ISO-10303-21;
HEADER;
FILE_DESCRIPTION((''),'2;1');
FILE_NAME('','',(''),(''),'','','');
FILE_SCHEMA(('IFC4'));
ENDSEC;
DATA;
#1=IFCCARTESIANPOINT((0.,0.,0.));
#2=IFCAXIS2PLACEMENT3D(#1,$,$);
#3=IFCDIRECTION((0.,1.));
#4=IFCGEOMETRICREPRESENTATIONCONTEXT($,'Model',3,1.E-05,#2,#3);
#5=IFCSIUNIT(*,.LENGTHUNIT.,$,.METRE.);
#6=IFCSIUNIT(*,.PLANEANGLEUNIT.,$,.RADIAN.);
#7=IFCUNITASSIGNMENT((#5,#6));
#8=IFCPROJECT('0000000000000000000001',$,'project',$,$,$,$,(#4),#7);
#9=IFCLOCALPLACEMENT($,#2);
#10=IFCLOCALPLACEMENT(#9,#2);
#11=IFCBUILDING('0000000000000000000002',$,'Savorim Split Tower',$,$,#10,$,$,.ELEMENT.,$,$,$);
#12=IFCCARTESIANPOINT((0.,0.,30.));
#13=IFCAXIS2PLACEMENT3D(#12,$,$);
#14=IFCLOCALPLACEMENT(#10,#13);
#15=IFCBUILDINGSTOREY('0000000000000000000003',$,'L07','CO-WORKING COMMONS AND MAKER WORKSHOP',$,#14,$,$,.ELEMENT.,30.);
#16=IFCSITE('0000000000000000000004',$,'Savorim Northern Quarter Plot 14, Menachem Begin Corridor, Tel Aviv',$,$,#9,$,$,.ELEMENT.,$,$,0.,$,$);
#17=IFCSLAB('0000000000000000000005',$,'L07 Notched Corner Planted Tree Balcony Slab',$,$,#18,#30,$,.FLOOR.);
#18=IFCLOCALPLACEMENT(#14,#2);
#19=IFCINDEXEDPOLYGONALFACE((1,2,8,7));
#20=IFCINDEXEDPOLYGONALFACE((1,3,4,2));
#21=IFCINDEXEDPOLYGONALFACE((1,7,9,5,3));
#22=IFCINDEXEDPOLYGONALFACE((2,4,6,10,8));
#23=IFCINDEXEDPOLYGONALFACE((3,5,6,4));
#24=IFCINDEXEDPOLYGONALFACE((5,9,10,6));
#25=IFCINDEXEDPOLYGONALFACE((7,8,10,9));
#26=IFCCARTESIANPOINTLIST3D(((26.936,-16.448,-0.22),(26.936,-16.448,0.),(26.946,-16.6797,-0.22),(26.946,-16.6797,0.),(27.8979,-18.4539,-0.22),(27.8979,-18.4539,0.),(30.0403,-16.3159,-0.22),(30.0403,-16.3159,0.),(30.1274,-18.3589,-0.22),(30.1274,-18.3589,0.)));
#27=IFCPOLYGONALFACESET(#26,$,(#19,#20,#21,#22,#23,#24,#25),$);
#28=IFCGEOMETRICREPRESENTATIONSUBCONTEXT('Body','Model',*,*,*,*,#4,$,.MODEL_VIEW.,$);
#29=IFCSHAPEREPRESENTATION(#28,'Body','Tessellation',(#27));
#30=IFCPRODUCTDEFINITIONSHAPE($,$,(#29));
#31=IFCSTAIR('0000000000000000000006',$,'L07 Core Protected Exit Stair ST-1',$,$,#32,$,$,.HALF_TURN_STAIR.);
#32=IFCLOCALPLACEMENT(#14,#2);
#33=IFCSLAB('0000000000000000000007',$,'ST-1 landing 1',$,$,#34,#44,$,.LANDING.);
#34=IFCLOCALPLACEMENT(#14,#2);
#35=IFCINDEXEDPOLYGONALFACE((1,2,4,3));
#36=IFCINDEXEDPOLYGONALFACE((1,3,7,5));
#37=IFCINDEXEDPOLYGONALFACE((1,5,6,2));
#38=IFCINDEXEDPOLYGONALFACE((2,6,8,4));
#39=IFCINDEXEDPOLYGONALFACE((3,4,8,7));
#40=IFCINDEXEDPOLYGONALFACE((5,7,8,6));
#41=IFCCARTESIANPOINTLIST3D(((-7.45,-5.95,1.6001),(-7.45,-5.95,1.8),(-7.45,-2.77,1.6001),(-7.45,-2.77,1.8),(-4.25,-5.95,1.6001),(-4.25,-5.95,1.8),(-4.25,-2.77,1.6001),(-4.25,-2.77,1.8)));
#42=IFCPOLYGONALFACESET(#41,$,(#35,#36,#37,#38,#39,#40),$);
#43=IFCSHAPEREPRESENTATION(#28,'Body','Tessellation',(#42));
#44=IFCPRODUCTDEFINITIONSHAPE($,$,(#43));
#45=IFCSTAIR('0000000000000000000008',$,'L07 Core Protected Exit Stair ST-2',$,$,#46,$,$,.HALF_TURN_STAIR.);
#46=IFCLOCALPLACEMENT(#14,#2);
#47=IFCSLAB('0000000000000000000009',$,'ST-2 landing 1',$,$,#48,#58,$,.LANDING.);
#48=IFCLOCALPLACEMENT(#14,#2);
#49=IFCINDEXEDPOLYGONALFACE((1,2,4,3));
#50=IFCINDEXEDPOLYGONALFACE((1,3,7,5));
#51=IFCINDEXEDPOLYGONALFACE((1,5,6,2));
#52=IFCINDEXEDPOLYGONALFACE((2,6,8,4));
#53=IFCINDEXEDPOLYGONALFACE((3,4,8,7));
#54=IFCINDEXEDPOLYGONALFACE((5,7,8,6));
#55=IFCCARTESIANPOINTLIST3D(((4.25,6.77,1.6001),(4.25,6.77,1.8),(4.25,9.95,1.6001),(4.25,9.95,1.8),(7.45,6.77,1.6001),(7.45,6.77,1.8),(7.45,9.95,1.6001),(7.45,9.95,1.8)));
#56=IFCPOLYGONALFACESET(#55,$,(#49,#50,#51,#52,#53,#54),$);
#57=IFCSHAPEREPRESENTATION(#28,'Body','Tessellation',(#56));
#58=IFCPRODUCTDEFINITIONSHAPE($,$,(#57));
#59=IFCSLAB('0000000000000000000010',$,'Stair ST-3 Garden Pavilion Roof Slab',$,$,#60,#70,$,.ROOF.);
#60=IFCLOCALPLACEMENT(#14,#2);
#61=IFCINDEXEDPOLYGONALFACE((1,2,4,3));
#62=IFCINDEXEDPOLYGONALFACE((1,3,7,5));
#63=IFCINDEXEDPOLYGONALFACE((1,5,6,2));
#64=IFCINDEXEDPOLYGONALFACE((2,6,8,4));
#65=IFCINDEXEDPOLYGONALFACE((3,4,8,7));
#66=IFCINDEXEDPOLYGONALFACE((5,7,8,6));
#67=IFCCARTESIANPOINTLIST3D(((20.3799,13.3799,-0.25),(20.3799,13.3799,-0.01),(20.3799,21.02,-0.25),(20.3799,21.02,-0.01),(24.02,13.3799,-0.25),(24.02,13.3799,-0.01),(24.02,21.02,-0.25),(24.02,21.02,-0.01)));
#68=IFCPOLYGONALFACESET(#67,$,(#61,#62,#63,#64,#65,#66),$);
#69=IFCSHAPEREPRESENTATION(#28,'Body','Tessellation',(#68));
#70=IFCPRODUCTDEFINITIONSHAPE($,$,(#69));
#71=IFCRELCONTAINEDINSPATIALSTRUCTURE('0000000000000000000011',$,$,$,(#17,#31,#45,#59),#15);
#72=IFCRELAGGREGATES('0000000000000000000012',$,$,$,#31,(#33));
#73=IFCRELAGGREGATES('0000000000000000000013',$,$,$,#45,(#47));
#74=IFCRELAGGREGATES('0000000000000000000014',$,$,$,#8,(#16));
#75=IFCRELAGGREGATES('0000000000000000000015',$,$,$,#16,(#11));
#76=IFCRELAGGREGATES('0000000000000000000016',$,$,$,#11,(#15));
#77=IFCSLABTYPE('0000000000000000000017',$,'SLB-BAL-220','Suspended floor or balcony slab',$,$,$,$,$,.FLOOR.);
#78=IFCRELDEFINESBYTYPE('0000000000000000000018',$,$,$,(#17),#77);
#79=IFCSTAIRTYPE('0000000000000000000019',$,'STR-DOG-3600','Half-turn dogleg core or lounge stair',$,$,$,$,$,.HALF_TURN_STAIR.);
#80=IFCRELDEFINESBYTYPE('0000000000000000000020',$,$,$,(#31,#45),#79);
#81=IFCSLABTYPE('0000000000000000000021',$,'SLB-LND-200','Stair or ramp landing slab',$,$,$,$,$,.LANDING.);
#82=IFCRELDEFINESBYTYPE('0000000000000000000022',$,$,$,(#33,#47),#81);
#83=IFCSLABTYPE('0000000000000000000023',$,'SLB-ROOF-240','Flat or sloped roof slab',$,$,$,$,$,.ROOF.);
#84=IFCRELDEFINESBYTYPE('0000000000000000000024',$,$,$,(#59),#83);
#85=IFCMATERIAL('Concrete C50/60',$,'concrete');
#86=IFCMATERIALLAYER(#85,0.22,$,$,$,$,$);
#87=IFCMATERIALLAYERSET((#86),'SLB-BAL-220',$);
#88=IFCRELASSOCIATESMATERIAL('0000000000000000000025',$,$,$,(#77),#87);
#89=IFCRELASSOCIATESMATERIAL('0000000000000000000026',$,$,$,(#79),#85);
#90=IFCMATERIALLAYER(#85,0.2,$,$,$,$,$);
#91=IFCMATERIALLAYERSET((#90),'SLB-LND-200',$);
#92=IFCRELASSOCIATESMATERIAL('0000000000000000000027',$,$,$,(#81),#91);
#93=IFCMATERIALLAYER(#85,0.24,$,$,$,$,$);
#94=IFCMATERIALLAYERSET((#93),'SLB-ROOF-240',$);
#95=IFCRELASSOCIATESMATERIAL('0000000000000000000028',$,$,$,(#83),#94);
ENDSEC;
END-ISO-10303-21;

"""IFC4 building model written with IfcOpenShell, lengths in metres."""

from ifc_helpers import new_model, si_unit, direction, frame, origin, place, context, subcontext, project, spatial, polyline, outline, extrude, material, layer, layer_set, type_object, element, aggregate, save


model = new_model("IFC4")

# Units and contexts
model_context = context("Model", 3, precision=1e-05, world=origin(), true_north=direction((0.0, 1.0)))
body_context = subcontext(model_context, "Body", "Model", "MODEL_VIEW")
ifc_project = project(units=[si_unit("LENGTHUNIT", "METRE"), si_unit("PLANEANGLEUNIT", "RADIAN")], contexts=[model_context])

# Site, building, storey
site_placement = place(None, origin())
site = spatial("IfcSite", under=ifc_project, at=site_placement, Name="Savorim Northern Quarter Plot 14, Menachem Begin Corridor, Tel Aviv", CompositionType="ELEMENT", RefElevation=0.0)
building_placement = place(site_placement, origin())
building = spatial("IfcBuilding", under=site, at=building_placement, Name="Savorim Split Tower", CompositionType="ELEMENT")
storey_placement = place(building_placement, frame((0.0, 0.0, 30.0)))
storey = spatial("IfcBuildingStorey", under=building, at=storey_placement, Name="L07", Description="CO-WORKING COMMONS AND MAKER WORKSHOP", CompositionType="ELEMENT", Elevation=30.0)

# Slab
ifc_material_1 = material(Name="Concrete C50/60", Category="concrete")
ifc_layer_1 = layer(ifc_material_1, 0.22)
ifc_layer_set_1 = layer_set([ifc_layer_1], Name="SLB-BAL-220")
slab_type_1 = type_object("IfcSlabType", Name="SLB-BAL-220", Description="Suspended floor or balcony slab", PredefinedType="FLOOR", material=ifc_layer_set_1)
slab_1_placement = place(storey_placement, frame((0.0, 0.0, -0.22)))
element("IfcSlab", 1, at=slab_1_placement, inside=storey, type_object=slab_type_1, Name="L07 Notched Corner Planted Tree Balcony Slab", PredefinedType="FLOOR", context=body_context, shape_type="SweptSolid", body=[
    extrude(outline(polyline([(30.0403, -16.3159), (26.936, -16.448), (26.946, -16.6797), (27.8979, -18.4539), (30.1274, -18.3589), (30.0403, -16.3159)])), origin(), (0.0, 0.0, 1.0), 0.22),
])

# Stairs, slabs
stair_type = type_object("IfcStairType", Name="STR-DOG-3600", Description="Half-turn dogleg core or lounge stair", PredefinedType="HALF_TURN_STAIR", material=ifc_material_1)
stair_1_placement = place(storey_placement, origin())
stair_1 = element("IfcStair", 2, at=stair_1_placement, inside=storey, type_object=stair_type, Name="L07 Core Protected Exit Stair ST-1", PredefinedType="HALF_TURN_STAIR")
ifc_layer_2 = layer(ifc_material_1, 0.2)
ifc_layer_set_2 = layer_set([ifc_layer_2], Name="SLB-LND-200")
slab_type_2 = type_object("IfcSlabType", Name="SLB-LND-200", Description="Stair or ramp landing slab", PredefinedType="LANDING", material=ifc_layer_set_2)
slab_2_placement = place(storey_placement, frame((0.0, 0.0, 1.6001)))
slab_2 = element("IfcSlab", 3, at=slab_2_placement, type_object=slab_type_2, Name="ST-1 landing 1", PredefinedType="LANDING", context=body_context, shape_type="SweptSolid", body=[
    extrude(outline(polyline([(-7.45, -2.77), (-7.45, -5.95), (-4.25, -5.95), (-4.25, -2.77), (-7.45, -2.77)])), origin(), (0.0, 0.0, 1.0), 0.2),
])
aggregate(stair_1, [slab_2])
stair_2_placement = place(storey_placement, origin())
stair_2 = element("IfcStair", 4, at=stair_2_placement, inside=storey, type_object=stair_type, Name="L07 Core Protected Exit Stair ST-2", PredefinedType="HALF_TURN_STAIR")
slab_3_placement = place(storey_placement, frame((0.0, 0.0, 1.6001)))
slab_3 = element("IfcSlab", 5, at=slab_3_placement, type_object=slab_type_2, Name="ST-2 landing 1", PredefinedType="LANDING", context=body_context, shape_type="SweptSolid", body=[
    extrude(outline(polyline([(7.45, 6.77), (7.45, 9.95), (4.25, 9.95), (4.25, 6.77), (7.45, 6.77)])), origin(), (0.0, 0.0, 1.0), 0.2),
])
aggregate(stair_2, [slab_3])

# Slab
ifc_layer_3 = layer(ifc_material_1, 0.24)
ifc_layer_set_3 = layer_set([ifc_layer_3], Name="SLB-ROOF-240")
slab_type_3 = type_object("IfcSlabType", Name="SLB-ROOF-240", Description="Flat or sloped roof slab", PredefinedType="ROOF", material=ifc_layer_set_3)
slab_4_placement = place(storey_placement, frame((0.0, 0.0, -0.25)))
element("IfcSlab", 6, at=slab_4_placement, inside=storey, type_object=slab_type_3, Name="Stair ST-3 Garden Pavilion Roof Slab", PredefinedType="ROOF", context=body_context, shape_type="SweptSolid", body=[
    extrude(outline(polyline([(20.3799, 13.3799), (24.02, 13.3799), (24.02, 21.02), (20.3799, 21.02), (20.3799, 13.3799)])), origin(), (0.0, 0.0, 1.0), 0.24),
])

save(model, "model.ifc")
